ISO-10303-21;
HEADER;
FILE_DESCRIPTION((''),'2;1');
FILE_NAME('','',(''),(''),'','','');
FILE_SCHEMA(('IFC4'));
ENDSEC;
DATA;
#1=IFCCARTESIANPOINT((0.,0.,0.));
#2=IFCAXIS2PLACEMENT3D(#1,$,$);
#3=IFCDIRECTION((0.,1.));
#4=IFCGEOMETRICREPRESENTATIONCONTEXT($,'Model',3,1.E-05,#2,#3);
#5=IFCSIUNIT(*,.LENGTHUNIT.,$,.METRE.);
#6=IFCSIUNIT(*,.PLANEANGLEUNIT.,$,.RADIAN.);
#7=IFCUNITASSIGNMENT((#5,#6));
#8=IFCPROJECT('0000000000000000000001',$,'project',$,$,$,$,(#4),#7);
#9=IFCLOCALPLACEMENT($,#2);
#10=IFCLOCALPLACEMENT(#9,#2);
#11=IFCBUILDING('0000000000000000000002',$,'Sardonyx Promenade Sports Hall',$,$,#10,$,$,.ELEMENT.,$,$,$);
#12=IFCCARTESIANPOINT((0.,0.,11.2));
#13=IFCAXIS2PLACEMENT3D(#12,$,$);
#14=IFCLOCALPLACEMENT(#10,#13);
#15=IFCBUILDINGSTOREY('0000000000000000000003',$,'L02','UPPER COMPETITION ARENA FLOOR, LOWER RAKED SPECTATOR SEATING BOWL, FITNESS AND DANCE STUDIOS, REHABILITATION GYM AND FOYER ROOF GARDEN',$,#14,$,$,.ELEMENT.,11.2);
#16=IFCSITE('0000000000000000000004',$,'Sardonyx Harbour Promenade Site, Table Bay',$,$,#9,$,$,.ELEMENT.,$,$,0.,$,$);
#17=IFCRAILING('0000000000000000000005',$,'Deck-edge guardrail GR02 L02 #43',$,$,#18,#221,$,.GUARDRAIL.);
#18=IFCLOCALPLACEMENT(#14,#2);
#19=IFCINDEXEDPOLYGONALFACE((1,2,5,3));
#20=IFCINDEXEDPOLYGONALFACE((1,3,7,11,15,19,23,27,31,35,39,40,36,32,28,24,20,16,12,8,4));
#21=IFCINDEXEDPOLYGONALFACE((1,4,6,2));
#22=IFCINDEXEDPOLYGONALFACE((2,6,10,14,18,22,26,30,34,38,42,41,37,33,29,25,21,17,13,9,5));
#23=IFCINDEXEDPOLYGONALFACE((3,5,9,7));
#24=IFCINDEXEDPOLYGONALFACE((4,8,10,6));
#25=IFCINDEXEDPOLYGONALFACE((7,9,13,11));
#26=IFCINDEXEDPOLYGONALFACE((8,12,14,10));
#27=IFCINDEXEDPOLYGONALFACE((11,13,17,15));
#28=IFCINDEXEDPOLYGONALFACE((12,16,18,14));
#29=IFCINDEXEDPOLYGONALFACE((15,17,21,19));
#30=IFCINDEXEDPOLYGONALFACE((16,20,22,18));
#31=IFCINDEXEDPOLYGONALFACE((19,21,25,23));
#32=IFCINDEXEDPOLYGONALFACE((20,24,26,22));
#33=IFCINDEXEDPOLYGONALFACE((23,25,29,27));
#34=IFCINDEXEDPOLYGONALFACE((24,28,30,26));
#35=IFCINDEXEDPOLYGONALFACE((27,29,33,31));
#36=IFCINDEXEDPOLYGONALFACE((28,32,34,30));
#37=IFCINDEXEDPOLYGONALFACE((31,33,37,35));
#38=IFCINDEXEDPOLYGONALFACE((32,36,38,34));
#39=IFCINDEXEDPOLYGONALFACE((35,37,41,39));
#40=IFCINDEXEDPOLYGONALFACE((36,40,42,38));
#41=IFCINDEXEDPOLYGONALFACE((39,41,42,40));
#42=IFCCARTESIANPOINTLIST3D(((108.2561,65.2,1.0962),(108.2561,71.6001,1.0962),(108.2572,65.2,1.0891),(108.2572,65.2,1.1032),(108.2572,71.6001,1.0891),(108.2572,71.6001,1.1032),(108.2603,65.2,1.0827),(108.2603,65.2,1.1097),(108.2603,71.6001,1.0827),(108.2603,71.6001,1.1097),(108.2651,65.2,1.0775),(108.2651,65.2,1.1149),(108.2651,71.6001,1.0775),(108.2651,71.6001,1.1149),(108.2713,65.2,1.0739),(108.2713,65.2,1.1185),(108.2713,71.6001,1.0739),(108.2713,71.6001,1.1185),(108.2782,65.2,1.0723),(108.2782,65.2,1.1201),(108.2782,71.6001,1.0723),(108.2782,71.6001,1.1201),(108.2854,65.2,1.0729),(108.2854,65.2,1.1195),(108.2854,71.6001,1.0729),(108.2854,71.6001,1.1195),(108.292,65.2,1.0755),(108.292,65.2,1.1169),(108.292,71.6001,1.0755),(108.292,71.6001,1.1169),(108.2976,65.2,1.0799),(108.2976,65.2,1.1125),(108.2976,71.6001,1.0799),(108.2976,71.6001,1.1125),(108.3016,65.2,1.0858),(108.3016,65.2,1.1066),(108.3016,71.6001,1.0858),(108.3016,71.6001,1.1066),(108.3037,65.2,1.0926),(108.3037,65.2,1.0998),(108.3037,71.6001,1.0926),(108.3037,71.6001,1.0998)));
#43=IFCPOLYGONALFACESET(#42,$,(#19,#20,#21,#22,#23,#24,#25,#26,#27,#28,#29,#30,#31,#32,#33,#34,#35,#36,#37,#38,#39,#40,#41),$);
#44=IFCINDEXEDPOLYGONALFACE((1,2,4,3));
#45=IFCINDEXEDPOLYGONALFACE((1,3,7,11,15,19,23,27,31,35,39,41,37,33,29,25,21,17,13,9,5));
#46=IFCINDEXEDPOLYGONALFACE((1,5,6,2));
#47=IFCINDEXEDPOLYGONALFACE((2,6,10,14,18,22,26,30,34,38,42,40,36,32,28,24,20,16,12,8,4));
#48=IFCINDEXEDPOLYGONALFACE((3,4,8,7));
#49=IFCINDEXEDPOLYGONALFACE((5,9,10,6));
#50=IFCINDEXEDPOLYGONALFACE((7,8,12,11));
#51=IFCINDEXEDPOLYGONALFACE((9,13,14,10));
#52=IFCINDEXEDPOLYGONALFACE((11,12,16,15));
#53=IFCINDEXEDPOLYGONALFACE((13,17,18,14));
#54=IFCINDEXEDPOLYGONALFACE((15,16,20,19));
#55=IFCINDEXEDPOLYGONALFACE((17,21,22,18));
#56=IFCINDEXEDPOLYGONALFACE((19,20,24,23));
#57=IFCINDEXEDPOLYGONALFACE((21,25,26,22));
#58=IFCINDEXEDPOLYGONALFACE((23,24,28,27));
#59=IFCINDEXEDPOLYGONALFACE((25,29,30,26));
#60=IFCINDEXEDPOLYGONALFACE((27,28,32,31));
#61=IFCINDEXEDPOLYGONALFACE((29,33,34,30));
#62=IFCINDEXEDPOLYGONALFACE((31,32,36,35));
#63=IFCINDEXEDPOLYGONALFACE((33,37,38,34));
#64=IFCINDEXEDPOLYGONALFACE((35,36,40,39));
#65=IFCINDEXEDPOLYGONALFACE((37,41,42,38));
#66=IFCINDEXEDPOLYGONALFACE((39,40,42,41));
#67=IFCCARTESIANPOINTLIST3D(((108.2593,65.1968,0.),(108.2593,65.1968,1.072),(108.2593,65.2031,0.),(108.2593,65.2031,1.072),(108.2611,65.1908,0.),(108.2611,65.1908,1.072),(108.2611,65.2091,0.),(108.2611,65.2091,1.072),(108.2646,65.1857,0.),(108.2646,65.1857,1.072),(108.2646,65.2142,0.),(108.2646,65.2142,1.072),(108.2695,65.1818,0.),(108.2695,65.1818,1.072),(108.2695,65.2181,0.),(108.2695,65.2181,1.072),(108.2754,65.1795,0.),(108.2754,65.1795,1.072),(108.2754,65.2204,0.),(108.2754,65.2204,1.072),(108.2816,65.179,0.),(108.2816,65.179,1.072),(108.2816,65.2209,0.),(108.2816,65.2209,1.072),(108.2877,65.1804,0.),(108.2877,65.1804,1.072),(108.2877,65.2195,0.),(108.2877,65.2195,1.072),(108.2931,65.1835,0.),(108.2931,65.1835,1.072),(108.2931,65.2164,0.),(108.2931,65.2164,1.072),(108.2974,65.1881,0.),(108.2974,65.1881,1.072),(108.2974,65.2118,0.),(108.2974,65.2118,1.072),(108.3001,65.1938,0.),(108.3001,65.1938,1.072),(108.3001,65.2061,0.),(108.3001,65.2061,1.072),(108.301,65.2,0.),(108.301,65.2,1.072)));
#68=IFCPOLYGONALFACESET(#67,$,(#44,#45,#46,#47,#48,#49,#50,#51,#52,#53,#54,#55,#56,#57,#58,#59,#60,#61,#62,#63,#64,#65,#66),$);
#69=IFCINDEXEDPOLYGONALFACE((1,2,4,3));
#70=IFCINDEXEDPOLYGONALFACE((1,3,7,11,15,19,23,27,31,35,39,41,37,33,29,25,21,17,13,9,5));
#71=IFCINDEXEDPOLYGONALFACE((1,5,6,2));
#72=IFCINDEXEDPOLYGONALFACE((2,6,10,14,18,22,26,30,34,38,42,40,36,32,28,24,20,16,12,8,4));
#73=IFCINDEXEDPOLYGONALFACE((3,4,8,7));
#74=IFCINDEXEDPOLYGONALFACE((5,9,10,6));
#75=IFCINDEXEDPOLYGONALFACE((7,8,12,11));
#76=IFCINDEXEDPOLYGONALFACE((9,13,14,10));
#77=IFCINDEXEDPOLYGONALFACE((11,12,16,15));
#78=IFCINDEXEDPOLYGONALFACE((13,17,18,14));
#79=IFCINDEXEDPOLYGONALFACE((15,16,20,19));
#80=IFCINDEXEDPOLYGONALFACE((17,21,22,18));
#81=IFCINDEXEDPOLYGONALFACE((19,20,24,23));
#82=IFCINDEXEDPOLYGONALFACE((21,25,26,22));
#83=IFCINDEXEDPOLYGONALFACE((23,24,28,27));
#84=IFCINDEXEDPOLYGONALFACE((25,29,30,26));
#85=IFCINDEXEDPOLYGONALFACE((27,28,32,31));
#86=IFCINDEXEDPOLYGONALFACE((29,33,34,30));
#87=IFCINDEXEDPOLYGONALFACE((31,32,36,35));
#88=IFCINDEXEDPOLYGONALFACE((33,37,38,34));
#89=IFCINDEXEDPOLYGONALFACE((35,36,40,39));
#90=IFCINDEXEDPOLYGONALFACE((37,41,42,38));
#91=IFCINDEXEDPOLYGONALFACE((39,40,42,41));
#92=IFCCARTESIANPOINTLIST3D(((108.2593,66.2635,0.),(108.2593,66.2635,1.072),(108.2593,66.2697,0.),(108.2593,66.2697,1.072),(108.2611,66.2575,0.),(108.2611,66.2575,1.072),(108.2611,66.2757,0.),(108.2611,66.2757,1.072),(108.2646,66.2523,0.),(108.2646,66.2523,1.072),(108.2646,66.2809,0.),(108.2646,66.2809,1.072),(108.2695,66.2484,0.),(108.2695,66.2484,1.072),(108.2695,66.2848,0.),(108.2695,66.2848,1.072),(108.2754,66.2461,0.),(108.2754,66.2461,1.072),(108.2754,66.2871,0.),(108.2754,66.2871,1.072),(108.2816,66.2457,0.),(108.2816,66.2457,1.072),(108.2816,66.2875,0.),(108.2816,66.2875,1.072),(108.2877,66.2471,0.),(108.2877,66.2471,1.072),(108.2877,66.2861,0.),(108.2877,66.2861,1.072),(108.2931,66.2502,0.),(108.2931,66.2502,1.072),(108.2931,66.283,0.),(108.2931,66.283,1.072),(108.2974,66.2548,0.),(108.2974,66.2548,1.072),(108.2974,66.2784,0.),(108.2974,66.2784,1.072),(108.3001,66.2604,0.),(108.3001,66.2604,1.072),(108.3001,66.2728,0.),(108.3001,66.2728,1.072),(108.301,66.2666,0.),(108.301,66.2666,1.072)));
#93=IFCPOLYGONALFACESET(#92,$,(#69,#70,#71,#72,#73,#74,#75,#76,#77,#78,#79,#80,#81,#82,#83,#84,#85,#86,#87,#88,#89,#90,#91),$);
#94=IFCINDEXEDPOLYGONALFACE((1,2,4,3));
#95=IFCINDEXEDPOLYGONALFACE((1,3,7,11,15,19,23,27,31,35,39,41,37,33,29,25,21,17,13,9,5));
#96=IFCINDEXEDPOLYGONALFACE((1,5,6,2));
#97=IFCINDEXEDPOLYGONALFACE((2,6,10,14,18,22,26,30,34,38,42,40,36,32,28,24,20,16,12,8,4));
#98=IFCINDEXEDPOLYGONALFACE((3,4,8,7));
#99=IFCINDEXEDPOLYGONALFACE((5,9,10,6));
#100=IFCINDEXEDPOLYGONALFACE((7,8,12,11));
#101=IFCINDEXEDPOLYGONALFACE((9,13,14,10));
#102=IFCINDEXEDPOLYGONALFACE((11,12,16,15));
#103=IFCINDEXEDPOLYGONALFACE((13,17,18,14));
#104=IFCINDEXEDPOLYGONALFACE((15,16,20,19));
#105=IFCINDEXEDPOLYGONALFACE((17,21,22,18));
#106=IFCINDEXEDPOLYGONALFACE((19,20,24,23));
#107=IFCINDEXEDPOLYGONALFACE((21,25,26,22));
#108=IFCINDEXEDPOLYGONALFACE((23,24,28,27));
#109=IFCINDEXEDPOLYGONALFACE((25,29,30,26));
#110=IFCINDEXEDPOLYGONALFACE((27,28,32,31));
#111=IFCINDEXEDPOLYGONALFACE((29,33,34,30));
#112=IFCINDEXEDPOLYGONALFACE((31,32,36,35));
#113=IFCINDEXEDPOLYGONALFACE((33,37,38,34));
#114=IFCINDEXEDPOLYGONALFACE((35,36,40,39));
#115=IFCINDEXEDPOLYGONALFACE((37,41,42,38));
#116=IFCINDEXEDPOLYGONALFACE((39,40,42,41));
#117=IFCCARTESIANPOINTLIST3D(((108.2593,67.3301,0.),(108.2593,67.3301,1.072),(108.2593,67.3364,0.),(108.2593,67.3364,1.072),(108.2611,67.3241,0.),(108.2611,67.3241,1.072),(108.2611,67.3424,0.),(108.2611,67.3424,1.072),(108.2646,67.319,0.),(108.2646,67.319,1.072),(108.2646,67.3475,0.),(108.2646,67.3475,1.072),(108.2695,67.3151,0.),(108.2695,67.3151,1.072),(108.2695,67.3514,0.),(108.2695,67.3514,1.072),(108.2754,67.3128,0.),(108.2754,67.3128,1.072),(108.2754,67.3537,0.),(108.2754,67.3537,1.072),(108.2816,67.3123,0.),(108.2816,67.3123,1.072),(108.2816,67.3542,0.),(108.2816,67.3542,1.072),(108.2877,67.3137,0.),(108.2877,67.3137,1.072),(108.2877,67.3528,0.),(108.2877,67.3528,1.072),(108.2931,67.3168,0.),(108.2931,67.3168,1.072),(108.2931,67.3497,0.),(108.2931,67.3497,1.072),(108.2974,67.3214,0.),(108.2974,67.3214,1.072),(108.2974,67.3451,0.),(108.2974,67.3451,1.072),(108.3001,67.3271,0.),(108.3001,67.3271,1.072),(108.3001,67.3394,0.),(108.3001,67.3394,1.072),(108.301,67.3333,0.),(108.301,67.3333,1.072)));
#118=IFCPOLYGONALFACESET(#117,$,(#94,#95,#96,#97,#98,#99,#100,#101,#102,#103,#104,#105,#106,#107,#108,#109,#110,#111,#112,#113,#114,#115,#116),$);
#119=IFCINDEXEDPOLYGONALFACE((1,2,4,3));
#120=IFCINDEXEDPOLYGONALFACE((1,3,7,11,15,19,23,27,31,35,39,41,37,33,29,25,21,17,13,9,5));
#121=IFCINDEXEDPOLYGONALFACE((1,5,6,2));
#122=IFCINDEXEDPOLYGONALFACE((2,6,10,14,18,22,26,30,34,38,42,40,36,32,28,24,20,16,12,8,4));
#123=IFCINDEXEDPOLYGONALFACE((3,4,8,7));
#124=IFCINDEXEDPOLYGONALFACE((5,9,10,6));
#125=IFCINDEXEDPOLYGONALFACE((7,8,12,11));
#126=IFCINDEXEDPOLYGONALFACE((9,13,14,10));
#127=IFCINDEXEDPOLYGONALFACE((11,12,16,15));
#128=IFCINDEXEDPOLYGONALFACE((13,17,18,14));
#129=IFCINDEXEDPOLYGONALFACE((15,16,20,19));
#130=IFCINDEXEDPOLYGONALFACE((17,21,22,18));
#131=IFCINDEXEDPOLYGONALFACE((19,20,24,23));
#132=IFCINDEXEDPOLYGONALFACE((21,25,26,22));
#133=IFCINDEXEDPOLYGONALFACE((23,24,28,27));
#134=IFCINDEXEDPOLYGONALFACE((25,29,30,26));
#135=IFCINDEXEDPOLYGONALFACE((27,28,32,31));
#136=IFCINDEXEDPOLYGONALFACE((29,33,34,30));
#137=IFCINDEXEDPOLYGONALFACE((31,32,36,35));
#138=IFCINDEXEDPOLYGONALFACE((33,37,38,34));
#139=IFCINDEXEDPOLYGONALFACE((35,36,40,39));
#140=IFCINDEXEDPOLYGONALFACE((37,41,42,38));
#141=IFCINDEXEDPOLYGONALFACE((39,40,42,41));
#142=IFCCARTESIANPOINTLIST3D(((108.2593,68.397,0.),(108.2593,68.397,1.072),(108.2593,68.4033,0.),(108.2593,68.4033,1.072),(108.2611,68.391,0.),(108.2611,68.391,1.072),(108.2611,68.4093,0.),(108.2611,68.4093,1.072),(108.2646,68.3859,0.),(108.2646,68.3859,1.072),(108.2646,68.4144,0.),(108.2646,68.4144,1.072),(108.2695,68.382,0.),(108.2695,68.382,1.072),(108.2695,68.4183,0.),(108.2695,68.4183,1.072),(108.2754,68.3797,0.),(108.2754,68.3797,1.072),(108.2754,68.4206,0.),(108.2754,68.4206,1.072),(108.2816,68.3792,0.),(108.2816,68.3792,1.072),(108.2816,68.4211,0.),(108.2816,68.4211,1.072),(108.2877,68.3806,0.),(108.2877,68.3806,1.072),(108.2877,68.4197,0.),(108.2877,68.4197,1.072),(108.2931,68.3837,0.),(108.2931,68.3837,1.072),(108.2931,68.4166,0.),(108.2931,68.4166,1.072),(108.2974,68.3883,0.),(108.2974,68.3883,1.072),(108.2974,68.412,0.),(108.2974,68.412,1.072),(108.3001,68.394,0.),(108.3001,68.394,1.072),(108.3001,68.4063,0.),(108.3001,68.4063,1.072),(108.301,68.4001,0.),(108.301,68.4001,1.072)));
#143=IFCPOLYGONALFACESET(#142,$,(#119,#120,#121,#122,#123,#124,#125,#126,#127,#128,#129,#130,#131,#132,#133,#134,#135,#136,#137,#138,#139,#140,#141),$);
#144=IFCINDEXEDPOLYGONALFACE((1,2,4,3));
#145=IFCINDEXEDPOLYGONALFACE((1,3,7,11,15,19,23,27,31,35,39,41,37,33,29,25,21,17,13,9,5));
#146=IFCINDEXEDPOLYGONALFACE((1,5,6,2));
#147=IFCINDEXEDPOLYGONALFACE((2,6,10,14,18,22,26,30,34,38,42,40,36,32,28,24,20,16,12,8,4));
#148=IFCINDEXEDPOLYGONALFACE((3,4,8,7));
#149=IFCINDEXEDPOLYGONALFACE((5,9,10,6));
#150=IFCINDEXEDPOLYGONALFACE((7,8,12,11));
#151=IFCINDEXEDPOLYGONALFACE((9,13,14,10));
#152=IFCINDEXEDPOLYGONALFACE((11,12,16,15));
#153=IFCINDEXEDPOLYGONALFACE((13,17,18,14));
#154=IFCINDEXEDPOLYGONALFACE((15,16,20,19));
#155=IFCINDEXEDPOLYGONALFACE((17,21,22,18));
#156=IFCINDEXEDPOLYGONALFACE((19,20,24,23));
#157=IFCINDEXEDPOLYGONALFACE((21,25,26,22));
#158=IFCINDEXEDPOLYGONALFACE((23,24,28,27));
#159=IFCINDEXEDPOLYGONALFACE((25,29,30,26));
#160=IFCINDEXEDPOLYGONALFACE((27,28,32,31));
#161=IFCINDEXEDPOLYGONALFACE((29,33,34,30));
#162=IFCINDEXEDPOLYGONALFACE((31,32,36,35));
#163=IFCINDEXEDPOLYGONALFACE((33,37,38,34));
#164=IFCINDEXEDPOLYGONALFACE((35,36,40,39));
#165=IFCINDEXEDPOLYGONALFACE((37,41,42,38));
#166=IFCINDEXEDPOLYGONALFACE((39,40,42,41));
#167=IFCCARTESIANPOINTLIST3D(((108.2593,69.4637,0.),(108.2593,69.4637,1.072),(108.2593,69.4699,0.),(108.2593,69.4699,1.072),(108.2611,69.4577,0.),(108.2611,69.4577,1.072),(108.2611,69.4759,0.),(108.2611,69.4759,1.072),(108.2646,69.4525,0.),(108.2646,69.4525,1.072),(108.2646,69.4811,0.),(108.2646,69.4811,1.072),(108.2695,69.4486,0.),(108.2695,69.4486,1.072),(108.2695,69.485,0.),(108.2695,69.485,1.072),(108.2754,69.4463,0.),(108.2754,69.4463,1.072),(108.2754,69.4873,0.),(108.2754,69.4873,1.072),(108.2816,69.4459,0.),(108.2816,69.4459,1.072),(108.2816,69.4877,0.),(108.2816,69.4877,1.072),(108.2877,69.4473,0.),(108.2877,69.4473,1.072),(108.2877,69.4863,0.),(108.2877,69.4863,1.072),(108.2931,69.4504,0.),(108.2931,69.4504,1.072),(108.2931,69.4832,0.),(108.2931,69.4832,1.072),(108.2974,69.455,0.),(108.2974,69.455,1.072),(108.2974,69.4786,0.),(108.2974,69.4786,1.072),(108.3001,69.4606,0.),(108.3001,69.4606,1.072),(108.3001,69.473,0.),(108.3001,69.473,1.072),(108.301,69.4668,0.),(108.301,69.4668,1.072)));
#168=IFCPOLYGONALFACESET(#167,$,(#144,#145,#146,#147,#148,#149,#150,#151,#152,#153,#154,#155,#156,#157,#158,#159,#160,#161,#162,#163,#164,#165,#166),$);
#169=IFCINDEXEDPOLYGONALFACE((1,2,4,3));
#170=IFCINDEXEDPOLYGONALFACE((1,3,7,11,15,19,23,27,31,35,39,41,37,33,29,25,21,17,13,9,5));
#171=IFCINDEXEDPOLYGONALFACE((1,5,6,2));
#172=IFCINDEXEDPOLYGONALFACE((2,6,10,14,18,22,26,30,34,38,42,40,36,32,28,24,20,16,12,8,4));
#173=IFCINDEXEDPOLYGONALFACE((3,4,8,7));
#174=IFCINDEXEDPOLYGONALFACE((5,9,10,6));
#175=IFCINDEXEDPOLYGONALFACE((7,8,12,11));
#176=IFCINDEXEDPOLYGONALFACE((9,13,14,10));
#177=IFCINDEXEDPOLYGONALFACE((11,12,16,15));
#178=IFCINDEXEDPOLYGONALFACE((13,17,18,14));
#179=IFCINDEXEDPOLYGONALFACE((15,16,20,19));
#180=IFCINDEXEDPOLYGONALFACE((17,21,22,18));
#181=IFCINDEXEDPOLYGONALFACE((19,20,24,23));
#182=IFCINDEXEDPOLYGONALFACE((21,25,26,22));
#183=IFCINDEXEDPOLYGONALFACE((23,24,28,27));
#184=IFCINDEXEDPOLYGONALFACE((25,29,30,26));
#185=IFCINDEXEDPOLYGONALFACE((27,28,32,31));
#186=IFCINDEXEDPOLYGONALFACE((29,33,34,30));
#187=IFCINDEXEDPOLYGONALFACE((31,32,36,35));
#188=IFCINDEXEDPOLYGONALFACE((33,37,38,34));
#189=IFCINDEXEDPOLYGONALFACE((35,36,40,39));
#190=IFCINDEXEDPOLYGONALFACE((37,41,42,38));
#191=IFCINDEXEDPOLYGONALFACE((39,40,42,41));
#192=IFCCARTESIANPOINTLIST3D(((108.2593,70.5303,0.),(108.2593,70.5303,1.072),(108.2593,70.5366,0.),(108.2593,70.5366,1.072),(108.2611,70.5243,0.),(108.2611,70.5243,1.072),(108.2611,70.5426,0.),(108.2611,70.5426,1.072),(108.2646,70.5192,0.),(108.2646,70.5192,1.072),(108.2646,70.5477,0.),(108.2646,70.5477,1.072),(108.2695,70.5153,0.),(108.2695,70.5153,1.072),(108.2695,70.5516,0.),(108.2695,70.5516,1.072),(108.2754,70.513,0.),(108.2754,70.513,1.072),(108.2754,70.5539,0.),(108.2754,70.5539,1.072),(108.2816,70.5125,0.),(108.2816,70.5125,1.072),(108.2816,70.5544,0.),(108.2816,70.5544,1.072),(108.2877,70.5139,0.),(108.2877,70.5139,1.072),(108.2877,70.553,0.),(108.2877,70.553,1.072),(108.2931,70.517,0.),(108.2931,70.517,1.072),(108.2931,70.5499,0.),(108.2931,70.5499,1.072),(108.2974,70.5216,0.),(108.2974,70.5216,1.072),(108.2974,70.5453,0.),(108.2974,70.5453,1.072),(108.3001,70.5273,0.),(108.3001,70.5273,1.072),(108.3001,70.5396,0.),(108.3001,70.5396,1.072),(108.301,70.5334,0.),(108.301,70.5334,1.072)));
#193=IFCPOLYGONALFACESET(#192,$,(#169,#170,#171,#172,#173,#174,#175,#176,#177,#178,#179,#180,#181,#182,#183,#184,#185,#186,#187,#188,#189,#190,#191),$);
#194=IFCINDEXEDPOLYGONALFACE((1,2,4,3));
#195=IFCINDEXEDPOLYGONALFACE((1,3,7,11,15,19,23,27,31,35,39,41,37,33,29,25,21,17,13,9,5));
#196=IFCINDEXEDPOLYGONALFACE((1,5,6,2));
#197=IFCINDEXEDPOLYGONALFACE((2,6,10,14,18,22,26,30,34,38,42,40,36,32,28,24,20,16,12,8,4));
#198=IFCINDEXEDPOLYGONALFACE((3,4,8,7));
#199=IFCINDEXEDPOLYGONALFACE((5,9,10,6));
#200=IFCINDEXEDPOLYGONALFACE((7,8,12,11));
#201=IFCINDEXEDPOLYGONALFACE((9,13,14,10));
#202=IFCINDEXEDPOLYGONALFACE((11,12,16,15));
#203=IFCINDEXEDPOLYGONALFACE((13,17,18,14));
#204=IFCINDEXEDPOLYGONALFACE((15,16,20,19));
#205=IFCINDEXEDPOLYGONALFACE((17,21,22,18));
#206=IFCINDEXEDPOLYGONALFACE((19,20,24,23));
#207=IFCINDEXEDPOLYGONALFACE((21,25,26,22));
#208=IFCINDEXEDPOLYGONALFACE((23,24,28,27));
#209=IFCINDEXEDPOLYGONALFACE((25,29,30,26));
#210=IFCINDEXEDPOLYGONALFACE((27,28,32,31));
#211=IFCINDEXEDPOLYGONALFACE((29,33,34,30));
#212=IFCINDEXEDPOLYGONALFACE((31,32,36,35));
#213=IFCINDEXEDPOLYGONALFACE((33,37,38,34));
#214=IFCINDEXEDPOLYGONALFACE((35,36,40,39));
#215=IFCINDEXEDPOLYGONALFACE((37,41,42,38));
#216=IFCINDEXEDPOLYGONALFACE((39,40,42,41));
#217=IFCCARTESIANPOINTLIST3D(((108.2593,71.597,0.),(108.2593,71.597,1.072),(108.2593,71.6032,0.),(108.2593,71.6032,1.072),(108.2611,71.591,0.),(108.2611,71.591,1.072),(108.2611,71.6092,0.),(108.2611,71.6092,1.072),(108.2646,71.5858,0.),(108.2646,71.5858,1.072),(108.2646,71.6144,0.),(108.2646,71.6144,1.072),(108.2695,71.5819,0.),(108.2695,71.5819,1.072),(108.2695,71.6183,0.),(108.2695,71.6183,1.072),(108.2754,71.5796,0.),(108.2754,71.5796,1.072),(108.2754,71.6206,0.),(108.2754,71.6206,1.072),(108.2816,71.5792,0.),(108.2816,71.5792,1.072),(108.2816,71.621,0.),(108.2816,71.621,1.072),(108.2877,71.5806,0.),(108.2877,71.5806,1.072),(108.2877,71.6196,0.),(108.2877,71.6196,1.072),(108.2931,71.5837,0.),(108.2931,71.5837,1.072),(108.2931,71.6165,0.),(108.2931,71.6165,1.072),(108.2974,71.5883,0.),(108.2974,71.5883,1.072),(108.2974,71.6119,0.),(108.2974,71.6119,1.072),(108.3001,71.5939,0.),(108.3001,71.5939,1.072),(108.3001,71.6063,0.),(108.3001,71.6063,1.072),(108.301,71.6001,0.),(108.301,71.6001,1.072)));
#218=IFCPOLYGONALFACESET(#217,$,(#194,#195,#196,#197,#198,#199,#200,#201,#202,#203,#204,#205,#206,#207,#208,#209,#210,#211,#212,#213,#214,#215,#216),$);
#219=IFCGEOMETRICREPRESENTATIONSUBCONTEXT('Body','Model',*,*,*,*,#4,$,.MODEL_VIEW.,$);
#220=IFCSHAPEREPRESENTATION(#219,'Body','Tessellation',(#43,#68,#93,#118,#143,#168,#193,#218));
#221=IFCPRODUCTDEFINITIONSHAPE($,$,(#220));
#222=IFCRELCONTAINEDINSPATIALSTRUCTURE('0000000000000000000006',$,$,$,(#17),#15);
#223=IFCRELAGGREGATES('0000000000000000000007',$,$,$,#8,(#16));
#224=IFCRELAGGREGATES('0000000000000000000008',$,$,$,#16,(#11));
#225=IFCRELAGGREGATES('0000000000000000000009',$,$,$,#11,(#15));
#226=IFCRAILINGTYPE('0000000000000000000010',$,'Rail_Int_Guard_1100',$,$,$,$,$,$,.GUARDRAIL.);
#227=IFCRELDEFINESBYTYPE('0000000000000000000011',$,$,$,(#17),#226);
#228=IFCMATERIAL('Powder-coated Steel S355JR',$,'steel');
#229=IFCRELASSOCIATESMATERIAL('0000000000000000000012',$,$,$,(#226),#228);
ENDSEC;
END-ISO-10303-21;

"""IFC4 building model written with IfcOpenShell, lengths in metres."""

from ifc_helpers import new_model, si_unit, direction, frame, origin, origin_2d, place, context, subcontext, project, spatial, circle, extrude, material, type_object, element, save


model = new_model("IFC4")

# Units and contexts
model_context = context("Model", 3, precision=1e-05, world=origin(), true_north=direction((0.0, 1.0)))
body_context = subcontext(model_context, "Body", "Model", "MODEL_VIEW")
ifc_project = project(units=[si_unit("LENGTHUNIT", "METRE"), si_unit("PLANEANGLEUNIT", "RADIAN")], contexts=[model_context])

# Site, building, storey
site_placement = place(None, origin())
site = spatial("IfcSite", under=ifc_project, at=site_placement, Name="Sardonyx Harbour Promenade Site, Table Bay", CompositionType="ELEMENT", RefElevation=0.0)
building_placement = place(site_placement, origin())
building = spatial("IfcBuilding", under=site, at=building_placement, Name="Sardonyx Promenade Sports Hall", CompositionType="ELEMENT")
storey_placement = place(building_placement, frame((0.0, 0.0, 11.2)))
storey = spatial("IfcBuildingStorey", under=building, at=storey_placement, Name="L02", Description="UPPER COMPETITION ARENA FLOOR, LOWER RAKED SPECTATOR SEATING BOWL, FITNESS AND DANCE STUDIOS, REHABILITATION GYM AND FOYER ROOF GARDEN", CompositionType="ELEMENT", Elevation=11.2)

# Railing
ifc_material_1 = material(Name="Powder-coated Steel S355JR", Category="steel")
railing_type = type_object("IfcRailingType", Name="Rail_Int_Guard_1100", PredefinedType="GUARDRAIL", material=ifc_material_1)
railing_1_placement = place(storey_placement, frame((108.28, 65.2, 0.0)))
element("IfcRailing", 1, at=railing_1_placement, inside=storey, type_object=railing_type, Name="Deck-edge guardrail GR02 L02 #43", PredefinedType="GUARDRAIL", context=body_context, shape_type="SweptSolid", body=[
    extrude(circle(Radius=0.0239, at=origin_2d()), frame((0.0, 0.0, 1.0962), z_axis=(0.0, 1.0, 0.0), x_axis=(-1.0, 0.0, 0.0)), (0.0, 0.0, 1.0), 6.4001),
    extrude(circle(Radius=0.021, at=origin_2d()), origin(), (0.0, 0.0, 1.0), 1.072),
    extrude(circle(Radius=0.021, at=origin_2d()), frame((0.0, 1.0667, 0.0)), (0.0, 0.0, 1.0), 1.072),
    extrude(circle(Radius=0.021, at=origin_2d()), frame((0.0, 2.1333, 0.0)), (0.0, 0.0, 1.0), 1.072),
    extrude(circle(Radius=0.021, at=origin_2d()), frame((0.0, 3.2002, 0.0)), (0.0, 0.0, 1.0), 1.072),
    extrude(circle(Radius=0.021, at=origin_2d()), frame((0.0, 4.2668, 0.0)), (0.0, 0.0, 1.0), 1.072),
    extrude(circle(Radius=0.021, at=origin_2d()), frame((0.0, 5.3335, 0.0)), (0.0, 0.0, 1.0), 1.072),
    extrude(circle(Radius=0.021, at=origin_2d()), frame((0.0, 6.4001, 0.0)), (0.0, 0.0, 1.0), 1.072),
])

save(model, "model.ifc")
